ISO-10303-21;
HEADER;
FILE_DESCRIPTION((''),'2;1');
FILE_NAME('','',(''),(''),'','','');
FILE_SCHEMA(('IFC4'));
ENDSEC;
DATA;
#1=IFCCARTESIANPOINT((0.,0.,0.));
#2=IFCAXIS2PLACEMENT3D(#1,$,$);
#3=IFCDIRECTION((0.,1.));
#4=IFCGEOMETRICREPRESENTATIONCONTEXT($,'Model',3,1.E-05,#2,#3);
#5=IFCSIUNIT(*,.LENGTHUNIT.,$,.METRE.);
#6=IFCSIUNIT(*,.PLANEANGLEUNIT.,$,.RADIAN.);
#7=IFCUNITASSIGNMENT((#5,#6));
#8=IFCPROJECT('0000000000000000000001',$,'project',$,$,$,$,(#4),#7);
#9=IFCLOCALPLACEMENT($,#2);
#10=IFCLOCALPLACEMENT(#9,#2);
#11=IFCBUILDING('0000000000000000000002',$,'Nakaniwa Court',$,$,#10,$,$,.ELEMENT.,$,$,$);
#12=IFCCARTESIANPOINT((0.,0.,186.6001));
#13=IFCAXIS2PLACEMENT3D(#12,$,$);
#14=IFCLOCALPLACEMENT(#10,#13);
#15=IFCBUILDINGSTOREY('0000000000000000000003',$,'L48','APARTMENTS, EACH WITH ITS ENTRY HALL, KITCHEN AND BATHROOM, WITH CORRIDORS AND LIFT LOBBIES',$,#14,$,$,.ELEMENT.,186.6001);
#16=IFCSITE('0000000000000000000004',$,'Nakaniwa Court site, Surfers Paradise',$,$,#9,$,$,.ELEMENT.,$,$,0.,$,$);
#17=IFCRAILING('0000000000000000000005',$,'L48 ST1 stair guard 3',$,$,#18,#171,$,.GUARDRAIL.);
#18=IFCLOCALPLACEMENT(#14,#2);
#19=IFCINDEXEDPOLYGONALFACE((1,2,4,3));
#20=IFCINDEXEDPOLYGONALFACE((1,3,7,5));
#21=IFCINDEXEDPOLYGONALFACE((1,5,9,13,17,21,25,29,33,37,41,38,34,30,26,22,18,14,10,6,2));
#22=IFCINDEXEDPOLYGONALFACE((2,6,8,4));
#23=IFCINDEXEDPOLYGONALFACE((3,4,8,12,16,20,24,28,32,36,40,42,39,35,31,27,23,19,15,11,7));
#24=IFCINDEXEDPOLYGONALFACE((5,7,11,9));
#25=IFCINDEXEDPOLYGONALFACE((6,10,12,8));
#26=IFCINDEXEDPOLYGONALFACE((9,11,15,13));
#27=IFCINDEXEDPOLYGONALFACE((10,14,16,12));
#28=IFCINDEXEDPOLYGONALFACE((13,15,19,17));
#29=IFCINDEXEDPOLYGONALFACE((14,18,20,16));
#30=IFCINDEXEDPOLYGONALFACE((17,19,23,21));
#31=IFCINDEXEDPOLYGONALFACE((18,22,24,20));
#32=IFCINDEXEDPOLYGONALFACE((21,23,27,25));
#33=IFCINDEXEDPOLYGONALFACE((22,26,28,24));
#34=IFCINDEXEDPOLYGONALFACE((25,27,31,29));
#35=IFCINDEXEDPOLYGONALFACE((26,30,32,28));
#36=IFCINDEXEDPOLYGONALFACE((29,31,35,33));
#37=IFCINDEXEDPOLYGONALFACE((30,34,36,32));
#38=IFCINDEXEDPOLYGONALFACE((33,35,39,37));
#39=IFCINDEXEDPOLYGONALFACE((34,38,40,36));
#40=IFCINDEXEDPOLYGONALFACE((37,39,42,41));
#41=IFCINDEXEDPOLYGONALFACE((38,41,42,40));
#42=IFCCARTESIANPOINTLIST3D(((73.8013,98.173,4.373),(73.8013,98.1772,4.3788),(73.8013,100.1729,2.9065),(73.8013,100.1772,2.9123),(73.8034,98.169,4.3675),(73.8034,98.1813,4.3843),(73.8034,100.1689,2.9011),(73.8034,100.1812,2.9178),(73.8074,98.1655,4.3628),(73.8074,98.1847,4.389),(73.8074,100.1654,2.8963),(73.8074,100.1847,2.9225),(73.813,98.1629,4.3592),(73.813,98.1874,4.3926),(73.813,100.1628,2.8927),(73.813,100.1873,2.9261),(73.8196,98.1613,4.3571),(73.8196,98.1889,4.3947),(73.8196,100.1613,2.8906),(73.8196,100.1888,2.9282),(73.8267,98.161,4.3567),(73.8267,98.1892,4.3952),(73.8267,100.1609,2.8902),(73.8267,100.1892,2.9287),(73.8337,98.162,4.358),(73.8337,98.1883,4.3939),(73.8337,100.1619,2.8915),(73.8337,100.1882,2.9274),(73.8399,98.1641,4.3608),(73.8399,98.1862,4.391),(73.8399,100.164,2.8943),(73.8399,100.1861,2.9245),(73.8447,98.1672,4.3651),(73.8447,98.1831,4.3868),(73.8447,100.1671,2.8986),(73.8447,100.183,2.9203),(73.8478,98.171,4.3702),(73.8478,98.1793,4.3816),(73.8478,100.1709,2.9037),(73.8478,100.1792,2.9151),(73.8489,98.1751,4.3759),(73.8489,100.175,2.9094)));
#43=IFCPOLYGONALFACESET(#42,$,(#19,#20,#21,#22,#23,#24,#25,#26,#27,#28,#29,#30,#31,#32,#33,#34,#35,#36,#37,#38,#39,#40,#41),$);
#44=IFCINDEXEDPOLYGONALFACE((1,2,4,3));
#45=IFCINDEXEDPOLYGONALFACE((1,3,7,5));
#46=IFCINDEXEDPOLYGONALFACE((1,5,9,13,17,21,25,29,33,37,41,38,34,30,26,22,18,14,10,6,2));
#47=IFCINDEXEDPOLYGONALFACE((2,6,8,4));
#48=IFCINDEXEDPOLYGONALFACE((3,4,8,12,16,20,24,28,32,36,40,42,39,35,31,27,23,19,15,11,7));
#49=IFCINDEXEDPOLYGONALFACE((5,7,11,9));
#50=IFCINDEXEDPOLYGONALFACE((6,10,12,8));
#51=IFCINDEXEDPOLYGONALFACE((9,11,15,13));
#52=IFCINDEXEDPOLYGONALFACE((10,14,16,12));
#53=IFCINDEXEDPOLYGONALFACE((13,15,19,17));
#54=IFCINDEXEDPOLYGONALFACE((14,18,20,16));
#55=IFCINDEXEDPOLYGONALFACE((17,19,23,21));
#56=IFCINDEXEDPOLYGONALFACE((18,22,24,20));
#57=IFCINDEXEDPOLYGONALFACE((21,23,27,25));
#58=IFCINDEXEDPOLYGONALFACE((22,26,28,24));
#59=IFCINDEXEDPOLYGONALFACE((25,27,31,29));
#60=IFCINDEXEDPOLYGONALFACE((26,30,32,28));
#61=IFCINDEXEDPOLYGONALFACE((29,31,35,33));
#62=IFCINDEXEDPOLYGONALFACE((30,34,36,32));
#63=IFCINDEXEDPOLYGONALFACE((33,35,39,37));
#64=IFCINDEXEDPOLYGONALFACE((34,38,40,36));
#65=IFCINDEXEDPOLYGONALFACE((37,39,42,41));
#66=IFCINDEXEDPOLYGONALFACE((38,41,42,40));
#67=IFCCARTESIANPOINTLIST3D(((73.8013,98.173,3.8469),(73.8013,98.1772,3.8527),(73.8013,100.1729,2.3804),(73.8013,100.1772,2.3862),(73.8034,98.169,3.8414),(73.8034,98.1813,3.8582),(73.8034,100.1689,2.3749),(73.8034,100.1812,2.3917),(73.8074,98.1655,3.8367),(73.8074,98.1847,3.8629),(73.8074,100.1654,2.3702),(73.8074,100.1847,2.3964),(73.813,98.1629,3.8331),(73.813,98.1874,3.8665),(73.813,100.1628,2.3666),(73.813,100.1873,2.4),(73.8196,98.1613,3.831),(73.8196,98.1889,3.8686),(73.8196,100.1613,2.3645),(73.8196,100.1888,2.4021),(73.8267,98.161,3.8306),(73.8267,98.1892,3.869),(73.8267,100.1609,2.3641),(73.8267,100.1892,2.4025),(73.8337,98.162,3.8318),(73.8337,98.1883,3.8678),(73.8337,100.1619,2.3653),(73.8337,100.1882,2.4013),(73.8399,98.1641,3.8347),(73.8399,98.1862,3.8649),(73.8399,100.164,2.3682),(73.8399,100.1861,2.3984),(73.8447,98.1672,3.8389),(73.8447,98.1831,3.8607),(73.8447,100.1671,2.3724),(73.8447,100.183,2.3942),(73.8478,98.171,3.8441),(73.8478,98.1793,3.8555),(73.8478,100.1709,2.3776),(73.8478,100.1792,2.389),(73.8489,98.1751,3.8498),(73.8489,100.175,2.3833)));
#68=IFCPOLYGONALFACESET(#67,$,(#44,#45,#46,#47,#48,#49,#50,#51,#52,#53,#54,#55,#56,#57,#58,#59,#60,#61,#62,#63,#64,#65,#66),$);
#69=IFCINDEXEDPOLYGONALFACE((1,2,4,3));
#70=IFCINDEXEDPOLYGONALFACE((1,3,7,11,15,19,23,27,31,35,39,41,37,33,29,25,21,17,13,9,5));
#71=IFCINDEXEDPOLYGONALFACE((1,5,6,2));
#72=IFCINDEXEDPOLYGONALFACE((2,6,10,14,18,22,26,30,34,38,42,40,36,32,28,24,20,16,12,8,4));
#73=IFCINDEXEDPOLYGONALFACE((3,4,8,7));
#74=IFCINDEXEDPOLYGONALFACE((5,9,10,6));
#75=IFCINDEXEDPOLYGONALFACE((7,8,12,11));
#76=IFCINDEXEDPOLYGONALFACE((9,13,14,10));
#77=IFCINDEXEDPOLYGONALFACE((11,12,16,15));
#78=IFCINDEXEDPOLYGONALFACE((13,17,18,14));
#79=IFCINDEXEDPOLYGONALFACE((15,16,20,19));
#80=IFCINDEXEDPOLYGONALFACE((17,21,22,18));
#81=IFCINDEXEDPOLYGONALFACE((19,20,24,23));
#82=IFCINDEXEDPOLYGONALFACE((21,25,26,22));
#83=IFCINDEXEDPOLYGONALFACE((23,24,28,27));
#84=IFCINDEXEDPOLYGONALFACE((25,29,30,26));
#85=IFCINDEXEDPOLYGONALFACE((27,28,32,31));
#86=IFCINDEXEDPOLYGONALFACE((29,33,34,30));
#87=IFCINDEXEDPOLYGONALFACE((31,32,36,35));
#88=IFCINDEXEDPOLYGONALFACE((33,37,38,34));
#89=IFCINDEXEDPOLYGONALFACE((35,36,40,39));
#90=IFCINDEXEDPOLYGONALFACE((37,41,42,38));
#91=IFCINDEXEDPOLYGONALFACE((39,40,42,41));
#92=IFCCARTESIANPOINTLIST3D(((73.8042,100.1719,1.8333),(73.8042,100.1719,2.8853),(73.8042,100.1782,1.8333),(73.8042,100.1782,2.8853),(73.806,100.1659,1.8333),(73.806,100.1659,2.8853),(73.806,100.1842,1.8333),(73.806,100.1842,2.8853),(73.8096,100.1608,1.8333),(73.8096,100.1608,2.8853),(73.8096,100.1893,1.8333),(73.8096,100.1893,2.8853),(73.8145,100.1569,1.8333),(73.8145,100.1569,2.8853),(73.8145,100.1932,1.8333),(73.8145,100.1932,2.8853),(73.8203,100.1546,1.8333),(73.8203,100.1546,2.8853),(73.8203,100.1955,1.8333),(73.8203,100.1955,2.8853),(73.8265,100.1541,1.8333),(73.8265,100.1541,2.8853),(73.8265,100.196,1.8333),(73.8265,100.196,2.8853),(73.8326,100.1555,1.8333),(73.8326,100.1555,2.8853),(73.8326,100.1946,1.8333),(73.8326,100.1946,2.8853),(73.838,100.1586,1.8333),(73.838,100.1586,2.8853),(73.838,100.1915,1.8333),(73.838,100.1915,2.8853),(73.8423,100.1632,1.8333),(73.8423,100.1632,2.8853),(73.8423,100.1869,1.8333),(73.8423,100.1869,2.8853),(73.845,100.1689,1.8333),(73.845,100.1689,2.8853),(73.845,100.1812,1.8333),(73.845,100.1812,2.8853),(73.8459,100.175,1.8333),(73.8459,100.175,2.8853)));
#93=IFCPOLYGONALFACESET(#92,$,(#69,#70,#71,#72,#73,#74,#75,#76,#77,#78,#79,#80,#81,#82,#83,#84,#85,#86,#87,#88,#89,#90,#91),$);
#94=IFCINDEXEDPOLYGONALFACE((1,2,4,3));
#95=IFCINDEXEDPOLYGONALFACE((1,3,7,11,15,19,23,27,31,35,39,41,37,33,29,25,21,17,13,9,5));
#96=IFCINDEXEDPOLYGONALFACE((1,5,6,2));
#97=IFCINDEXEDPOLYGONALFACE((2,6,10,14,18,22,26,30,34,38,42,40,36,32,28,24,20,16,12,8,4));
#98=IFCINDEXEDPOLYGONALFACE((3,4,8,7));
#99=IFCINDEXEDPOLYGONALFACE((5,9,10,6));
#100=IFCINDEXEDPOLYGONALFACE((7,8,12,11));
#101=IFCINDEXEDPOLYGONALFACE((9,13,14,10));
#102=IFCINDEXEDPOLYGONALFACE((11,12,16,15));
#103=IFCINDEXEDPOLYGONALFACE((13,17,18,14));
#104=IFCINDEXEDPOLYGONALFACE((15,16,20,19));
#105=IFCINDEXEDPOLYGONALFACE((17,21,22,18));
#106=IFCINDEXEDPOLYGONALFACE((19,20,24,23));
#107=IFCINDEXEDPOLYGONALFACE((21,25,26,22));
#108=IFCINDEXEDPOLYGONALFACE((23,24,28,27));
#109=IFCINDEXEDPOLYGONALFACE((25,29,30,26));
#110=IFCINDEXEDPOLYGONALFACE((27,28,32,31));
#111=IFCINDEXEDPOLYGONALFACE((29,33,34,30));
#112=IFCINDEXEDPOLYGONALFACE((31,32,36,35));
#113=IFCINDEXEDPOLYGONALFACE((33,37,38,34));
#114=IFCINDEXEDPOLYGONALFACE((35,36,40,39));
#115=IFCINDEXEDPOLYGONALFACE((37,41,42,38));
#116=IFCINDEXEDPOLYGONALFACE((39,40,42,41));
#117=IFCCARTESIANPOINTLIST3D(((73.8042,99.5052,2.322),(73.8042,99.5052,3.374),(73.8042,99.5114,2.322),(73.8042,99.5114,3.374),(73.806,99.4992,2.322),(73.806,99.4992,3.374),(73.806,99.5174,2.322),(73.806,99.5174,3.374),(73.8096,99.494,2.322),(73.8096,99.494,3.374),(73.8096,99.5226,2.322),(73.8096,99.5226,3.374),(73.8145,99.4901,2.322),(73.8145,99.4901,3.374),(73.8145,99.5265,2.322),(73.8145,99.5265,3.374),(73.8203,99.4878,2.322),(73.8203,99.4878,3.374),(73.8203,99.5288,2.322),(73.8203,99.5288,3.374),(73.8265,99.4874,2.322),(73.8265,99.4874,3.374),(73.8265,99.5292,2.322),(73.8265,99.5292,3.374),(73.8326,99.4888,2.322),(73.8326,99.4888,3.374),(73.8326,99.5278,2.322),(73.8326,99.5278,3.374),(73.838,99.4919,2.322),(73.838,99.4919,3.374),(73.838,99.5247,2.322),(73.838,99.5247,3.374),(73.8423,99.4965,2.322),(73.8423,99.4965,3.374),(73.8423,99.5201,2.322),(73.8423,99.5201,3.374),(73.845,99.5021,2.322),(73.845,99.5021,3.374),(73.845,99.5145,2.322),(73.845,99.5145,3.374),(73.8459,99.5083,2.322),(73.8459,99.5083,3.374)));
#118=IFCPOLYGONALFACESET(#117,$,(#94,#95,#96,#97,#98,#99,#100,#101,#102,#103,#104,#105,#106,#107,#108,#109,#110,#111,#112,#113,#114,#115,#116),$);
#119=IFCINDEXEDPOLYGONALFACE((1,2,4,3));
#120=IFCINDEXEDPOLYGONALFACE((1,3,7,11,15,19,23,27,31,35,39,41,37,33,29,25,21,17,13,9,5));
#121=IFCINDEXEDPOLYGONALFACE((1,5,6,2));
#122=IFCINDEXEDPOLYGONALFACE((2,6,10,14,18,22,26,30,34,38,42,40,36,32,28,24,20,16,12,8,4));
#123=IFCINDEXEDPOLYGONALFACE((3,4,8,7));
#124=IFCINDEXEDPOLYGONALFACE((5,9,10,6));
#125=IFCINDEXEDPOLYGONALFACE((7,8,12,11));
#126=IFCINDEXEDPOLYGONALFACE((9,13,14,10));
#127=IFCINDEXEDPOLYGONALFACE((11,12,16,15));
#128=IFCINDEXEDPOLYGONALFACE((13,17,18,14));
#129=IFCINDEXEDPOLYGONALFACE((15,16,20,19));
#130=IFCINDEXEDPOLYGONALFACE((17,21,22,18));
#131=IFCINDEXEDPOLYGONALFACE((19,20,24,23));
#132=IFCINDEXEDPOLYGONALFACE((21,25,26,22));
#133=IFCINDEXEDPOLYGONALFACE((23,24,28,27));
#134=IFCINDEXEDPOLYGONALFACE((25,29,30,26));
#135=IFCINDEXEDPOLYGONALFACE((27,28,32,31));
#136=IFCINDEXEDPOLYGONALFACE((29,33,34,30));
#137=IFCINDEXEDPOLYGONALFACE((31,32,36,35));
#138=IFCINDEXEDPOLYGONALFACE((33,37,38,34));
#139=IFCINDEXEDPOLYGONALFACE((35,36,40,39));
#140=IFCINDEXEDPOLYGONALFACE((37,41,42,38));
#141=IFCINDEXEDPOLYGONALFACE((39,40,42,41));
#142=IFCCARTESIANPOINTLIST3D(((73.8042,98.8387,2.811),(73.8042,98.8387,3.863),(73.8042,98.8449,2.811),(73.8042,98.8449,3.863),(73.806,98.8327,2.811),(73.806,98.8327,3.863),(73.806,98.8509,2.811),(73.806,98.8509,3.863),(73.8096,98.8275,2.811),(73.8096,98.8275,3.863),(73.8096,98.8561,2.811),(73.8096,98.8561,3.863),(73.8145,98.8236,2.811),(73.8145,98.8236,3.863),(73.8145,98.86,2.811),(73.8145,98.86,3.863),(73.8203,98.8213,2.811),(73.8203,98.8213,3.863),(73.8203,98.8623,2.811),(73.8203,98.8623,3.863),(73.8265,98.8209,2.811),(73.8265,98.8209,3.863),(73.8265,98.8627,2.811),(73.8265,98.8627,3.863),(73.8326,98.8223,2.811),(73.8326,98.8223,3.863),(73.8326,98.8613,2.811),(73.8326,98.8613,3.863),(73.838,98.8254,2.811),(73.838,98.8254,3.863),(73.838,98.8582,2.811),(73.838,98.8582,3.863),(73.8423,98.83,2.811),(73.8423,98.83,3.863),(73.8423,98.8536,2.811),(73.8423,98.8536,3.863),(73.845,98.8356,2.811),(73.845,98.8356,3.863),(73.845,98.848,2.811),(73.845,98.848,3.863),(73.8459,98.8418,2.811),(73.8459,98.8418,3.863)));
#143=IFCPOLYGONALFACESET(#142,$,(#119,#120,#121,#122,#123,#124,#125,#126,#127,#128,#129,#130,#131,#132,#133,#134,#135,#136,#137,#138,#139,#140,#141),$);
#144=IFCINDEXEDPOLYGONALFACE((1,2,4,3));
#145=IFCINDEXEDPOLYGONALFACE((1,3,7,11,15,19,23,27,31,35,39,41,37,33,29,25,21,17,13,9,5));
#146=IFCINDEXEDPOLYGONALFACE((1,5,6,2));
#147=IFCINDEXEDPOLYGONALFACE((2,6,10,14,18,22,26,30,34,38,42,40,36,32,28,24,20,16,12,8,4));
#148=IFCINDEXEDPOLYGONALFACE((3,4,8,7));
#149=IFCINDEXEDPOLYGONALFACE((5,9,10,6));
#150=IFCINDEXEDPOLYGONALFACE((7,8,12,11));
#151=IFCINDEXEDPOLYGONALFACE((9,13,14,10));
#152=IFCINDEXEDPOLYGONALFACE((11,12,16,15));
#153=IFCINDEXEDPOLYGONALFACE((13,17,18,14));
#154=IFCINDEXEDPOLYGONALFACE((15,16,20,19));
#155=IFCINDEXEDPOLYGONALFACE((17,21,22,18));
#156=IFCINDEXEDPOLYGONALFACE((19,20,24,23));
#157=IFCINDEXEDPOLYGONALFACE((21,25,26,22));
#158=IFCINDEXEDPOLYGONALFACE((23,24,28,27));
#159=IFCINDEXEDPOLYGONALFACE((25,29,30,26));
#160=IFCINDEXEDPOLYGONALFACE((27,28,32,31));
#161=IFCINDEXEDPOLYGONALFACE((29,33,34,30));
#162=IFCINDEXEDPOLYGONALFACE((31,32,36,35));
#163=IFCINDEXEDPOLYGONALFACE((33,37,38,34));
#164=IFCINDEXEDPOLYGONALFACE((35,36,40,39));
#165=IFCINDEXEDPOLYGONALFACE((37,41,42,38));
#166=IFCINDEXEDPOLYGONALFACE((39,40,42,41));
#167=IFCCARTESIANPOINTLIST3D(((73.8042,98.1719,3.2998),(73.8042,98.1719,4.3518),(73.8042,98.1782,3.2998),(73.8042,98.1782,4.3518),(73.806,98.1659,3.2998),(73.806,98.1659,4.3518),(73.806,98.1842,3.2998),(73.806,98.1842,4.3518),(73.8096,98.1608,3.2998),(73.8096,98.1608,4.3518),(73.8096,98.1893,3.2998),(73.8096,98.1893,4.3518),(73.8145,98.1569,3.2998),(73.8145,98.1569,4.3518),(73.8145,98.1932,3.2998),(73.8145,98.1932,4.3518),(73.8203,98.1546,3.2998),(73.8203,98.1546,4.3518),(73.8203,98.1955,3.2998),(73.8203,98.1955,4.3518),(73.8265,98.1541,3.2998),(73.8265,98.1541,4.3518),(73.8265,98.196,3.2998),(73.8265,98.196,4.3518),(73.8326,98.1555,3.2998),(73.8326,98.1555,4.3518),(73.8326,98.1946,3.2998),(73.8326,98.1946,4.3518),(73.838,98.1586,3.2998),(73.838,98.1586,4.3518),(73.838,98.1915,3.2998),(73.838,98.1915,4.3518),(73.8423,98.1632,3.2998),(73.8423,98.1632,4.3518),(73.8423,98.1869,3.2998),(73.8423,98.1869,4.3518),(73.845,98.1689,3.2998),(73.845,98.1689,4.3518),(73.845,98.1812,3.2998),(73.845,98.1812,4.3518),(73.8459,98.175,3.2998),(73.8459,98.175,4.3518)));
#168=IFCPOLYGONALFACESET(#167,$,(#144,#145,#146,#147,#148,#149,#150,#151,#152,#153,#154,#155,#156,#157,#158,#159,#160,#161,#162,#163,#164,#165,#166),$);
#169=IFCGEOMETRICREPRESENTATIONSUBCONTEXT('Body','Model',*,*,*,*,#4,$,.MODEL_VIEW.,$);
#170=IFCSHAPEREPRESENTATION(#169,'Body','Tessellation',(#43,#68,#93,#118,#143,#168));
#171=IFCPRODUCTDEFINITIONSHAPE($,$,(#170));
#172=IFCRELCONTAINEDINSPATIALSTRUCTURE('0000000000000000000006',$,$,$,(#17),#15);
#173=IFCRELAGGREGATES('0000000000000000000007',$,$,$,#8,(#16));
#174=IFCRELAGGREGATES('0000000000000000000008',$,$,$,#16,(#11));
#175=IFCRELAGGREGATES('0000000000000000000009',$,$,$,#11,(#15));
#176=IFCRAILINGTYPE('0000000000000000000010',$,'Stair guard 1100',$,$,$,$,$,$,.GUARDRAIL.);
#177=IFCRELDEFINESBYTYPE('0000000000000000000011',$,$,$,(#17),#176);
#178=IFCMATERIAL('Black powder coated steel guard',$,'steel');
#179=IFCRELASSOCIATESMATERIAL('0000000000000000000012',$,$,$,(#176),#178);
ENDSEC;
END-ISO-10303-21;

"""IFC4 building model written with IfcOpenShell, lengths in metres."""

from ifc_helpers import new_model, si_unit, direction, frame, origin, origin_2d, place, context, subcontext, project, spatial, circle, extrude, material, type_object, element, save


model = new_model("IFC4")

# Units and contexts
model_context = context("Model", 3, precision=1e-05, world=origin(), true_north=direction((0.0, 1.0)))
body_context = subcontext(model_context, "Body", "Model", "MODEL_VIEW")
ifc_project = project(units=[si_unit("LENGTHUNIT", "METRE"), si_unit("PLANEANGLEUNIT", "RADIAN")], contexts=[model_context])

# Site, building, storey
site_placement = place(None, origin())
site = spatial("IfcSite", under=ifc_project, at=site_placement, Name="Nakaniwa Court site, Surfers Paradise", CompositionType="ELEMENT", RefElevation=0.0)
building_placement = place(site_placement, origin())
building = spatial("IfcBuilding", under=site, at=building_placement, Name="Nakaniwa Court", CompositionType="ELEMENT")
storey_placement = place(building_placement, frame((0.0, 0.0, 186.6001)))
storey = spatial("IfcBuildingStorey", under=building, at=storey_placement, Name="L48", Description="APARTMENTS, EACH WITH ITS ENTRY HALL, KITCHEN AND BATHROOM, WITH CORRIDORS AND LIFT LOBBIES", CompositionType="ELEMENT", Elevation=186.6001)

# Railing
ifc_material_1 = material(Name="Black powder coated steel guard", Category="steel")
railing_type_1 = type_object("IfcRailingType", Name="Stair guard 1100", PredefinedType="GUARDRAIL", material=ifc_material_1)
railing_1_placement = place(storey_placement, frame((73.825, 100.175, 1.8333)))
element("IfcRailing", 1, at=railing_1_placement, inside=storey, type_object=railing_type_1, Name="L48 ST1 stair guard 3", PredefinedType="GUARDRAIL", context=body_context, shape_type="SweptSolid", body=[
    extrude(circle(Radius=0.0239, at=origin_2d()), frame((0.0, 0.0, 1.0762), z_axis=(0.0, -0.806427, 0.591334), x_axis=(1.0, 0.0, 0.0)), (0.0, 0.0, 1.0), 2.48),
    extrude(circle(Radius=0.0239, at=origin_2d()), frame((0.0, 0.0, 0.55), z_axis=(0.0, -0.806427, 0.591334), x_axis=(1.0, 0.0, 0.0)), (0.0, 0.0, 1.0), 2.48),
    extrude(circle(Radius=0.021, at=origin_2d()), origin(), (0.0, 0.0, 1.0), 1.052),
    extrude(circle(Radius=0.021, at=origin_2d()), frame((0.0, -0.6667, 0.4888)), (0.0, 0.0, 1.0), 1.052),
    extrude(circle(Radius=0.021, at=origin_2d()), frame((0.0, -1.3333, 0.9778)), (0.0, 0.0, 1.0), 1.052),
    extrude(circle(Radius=0.021, at=origin_2d()), frame((0.0, -2.0, 1.4666)), (0.0, 0.0, 1.0), 1.052),
])

save(model, "model.ifc")
